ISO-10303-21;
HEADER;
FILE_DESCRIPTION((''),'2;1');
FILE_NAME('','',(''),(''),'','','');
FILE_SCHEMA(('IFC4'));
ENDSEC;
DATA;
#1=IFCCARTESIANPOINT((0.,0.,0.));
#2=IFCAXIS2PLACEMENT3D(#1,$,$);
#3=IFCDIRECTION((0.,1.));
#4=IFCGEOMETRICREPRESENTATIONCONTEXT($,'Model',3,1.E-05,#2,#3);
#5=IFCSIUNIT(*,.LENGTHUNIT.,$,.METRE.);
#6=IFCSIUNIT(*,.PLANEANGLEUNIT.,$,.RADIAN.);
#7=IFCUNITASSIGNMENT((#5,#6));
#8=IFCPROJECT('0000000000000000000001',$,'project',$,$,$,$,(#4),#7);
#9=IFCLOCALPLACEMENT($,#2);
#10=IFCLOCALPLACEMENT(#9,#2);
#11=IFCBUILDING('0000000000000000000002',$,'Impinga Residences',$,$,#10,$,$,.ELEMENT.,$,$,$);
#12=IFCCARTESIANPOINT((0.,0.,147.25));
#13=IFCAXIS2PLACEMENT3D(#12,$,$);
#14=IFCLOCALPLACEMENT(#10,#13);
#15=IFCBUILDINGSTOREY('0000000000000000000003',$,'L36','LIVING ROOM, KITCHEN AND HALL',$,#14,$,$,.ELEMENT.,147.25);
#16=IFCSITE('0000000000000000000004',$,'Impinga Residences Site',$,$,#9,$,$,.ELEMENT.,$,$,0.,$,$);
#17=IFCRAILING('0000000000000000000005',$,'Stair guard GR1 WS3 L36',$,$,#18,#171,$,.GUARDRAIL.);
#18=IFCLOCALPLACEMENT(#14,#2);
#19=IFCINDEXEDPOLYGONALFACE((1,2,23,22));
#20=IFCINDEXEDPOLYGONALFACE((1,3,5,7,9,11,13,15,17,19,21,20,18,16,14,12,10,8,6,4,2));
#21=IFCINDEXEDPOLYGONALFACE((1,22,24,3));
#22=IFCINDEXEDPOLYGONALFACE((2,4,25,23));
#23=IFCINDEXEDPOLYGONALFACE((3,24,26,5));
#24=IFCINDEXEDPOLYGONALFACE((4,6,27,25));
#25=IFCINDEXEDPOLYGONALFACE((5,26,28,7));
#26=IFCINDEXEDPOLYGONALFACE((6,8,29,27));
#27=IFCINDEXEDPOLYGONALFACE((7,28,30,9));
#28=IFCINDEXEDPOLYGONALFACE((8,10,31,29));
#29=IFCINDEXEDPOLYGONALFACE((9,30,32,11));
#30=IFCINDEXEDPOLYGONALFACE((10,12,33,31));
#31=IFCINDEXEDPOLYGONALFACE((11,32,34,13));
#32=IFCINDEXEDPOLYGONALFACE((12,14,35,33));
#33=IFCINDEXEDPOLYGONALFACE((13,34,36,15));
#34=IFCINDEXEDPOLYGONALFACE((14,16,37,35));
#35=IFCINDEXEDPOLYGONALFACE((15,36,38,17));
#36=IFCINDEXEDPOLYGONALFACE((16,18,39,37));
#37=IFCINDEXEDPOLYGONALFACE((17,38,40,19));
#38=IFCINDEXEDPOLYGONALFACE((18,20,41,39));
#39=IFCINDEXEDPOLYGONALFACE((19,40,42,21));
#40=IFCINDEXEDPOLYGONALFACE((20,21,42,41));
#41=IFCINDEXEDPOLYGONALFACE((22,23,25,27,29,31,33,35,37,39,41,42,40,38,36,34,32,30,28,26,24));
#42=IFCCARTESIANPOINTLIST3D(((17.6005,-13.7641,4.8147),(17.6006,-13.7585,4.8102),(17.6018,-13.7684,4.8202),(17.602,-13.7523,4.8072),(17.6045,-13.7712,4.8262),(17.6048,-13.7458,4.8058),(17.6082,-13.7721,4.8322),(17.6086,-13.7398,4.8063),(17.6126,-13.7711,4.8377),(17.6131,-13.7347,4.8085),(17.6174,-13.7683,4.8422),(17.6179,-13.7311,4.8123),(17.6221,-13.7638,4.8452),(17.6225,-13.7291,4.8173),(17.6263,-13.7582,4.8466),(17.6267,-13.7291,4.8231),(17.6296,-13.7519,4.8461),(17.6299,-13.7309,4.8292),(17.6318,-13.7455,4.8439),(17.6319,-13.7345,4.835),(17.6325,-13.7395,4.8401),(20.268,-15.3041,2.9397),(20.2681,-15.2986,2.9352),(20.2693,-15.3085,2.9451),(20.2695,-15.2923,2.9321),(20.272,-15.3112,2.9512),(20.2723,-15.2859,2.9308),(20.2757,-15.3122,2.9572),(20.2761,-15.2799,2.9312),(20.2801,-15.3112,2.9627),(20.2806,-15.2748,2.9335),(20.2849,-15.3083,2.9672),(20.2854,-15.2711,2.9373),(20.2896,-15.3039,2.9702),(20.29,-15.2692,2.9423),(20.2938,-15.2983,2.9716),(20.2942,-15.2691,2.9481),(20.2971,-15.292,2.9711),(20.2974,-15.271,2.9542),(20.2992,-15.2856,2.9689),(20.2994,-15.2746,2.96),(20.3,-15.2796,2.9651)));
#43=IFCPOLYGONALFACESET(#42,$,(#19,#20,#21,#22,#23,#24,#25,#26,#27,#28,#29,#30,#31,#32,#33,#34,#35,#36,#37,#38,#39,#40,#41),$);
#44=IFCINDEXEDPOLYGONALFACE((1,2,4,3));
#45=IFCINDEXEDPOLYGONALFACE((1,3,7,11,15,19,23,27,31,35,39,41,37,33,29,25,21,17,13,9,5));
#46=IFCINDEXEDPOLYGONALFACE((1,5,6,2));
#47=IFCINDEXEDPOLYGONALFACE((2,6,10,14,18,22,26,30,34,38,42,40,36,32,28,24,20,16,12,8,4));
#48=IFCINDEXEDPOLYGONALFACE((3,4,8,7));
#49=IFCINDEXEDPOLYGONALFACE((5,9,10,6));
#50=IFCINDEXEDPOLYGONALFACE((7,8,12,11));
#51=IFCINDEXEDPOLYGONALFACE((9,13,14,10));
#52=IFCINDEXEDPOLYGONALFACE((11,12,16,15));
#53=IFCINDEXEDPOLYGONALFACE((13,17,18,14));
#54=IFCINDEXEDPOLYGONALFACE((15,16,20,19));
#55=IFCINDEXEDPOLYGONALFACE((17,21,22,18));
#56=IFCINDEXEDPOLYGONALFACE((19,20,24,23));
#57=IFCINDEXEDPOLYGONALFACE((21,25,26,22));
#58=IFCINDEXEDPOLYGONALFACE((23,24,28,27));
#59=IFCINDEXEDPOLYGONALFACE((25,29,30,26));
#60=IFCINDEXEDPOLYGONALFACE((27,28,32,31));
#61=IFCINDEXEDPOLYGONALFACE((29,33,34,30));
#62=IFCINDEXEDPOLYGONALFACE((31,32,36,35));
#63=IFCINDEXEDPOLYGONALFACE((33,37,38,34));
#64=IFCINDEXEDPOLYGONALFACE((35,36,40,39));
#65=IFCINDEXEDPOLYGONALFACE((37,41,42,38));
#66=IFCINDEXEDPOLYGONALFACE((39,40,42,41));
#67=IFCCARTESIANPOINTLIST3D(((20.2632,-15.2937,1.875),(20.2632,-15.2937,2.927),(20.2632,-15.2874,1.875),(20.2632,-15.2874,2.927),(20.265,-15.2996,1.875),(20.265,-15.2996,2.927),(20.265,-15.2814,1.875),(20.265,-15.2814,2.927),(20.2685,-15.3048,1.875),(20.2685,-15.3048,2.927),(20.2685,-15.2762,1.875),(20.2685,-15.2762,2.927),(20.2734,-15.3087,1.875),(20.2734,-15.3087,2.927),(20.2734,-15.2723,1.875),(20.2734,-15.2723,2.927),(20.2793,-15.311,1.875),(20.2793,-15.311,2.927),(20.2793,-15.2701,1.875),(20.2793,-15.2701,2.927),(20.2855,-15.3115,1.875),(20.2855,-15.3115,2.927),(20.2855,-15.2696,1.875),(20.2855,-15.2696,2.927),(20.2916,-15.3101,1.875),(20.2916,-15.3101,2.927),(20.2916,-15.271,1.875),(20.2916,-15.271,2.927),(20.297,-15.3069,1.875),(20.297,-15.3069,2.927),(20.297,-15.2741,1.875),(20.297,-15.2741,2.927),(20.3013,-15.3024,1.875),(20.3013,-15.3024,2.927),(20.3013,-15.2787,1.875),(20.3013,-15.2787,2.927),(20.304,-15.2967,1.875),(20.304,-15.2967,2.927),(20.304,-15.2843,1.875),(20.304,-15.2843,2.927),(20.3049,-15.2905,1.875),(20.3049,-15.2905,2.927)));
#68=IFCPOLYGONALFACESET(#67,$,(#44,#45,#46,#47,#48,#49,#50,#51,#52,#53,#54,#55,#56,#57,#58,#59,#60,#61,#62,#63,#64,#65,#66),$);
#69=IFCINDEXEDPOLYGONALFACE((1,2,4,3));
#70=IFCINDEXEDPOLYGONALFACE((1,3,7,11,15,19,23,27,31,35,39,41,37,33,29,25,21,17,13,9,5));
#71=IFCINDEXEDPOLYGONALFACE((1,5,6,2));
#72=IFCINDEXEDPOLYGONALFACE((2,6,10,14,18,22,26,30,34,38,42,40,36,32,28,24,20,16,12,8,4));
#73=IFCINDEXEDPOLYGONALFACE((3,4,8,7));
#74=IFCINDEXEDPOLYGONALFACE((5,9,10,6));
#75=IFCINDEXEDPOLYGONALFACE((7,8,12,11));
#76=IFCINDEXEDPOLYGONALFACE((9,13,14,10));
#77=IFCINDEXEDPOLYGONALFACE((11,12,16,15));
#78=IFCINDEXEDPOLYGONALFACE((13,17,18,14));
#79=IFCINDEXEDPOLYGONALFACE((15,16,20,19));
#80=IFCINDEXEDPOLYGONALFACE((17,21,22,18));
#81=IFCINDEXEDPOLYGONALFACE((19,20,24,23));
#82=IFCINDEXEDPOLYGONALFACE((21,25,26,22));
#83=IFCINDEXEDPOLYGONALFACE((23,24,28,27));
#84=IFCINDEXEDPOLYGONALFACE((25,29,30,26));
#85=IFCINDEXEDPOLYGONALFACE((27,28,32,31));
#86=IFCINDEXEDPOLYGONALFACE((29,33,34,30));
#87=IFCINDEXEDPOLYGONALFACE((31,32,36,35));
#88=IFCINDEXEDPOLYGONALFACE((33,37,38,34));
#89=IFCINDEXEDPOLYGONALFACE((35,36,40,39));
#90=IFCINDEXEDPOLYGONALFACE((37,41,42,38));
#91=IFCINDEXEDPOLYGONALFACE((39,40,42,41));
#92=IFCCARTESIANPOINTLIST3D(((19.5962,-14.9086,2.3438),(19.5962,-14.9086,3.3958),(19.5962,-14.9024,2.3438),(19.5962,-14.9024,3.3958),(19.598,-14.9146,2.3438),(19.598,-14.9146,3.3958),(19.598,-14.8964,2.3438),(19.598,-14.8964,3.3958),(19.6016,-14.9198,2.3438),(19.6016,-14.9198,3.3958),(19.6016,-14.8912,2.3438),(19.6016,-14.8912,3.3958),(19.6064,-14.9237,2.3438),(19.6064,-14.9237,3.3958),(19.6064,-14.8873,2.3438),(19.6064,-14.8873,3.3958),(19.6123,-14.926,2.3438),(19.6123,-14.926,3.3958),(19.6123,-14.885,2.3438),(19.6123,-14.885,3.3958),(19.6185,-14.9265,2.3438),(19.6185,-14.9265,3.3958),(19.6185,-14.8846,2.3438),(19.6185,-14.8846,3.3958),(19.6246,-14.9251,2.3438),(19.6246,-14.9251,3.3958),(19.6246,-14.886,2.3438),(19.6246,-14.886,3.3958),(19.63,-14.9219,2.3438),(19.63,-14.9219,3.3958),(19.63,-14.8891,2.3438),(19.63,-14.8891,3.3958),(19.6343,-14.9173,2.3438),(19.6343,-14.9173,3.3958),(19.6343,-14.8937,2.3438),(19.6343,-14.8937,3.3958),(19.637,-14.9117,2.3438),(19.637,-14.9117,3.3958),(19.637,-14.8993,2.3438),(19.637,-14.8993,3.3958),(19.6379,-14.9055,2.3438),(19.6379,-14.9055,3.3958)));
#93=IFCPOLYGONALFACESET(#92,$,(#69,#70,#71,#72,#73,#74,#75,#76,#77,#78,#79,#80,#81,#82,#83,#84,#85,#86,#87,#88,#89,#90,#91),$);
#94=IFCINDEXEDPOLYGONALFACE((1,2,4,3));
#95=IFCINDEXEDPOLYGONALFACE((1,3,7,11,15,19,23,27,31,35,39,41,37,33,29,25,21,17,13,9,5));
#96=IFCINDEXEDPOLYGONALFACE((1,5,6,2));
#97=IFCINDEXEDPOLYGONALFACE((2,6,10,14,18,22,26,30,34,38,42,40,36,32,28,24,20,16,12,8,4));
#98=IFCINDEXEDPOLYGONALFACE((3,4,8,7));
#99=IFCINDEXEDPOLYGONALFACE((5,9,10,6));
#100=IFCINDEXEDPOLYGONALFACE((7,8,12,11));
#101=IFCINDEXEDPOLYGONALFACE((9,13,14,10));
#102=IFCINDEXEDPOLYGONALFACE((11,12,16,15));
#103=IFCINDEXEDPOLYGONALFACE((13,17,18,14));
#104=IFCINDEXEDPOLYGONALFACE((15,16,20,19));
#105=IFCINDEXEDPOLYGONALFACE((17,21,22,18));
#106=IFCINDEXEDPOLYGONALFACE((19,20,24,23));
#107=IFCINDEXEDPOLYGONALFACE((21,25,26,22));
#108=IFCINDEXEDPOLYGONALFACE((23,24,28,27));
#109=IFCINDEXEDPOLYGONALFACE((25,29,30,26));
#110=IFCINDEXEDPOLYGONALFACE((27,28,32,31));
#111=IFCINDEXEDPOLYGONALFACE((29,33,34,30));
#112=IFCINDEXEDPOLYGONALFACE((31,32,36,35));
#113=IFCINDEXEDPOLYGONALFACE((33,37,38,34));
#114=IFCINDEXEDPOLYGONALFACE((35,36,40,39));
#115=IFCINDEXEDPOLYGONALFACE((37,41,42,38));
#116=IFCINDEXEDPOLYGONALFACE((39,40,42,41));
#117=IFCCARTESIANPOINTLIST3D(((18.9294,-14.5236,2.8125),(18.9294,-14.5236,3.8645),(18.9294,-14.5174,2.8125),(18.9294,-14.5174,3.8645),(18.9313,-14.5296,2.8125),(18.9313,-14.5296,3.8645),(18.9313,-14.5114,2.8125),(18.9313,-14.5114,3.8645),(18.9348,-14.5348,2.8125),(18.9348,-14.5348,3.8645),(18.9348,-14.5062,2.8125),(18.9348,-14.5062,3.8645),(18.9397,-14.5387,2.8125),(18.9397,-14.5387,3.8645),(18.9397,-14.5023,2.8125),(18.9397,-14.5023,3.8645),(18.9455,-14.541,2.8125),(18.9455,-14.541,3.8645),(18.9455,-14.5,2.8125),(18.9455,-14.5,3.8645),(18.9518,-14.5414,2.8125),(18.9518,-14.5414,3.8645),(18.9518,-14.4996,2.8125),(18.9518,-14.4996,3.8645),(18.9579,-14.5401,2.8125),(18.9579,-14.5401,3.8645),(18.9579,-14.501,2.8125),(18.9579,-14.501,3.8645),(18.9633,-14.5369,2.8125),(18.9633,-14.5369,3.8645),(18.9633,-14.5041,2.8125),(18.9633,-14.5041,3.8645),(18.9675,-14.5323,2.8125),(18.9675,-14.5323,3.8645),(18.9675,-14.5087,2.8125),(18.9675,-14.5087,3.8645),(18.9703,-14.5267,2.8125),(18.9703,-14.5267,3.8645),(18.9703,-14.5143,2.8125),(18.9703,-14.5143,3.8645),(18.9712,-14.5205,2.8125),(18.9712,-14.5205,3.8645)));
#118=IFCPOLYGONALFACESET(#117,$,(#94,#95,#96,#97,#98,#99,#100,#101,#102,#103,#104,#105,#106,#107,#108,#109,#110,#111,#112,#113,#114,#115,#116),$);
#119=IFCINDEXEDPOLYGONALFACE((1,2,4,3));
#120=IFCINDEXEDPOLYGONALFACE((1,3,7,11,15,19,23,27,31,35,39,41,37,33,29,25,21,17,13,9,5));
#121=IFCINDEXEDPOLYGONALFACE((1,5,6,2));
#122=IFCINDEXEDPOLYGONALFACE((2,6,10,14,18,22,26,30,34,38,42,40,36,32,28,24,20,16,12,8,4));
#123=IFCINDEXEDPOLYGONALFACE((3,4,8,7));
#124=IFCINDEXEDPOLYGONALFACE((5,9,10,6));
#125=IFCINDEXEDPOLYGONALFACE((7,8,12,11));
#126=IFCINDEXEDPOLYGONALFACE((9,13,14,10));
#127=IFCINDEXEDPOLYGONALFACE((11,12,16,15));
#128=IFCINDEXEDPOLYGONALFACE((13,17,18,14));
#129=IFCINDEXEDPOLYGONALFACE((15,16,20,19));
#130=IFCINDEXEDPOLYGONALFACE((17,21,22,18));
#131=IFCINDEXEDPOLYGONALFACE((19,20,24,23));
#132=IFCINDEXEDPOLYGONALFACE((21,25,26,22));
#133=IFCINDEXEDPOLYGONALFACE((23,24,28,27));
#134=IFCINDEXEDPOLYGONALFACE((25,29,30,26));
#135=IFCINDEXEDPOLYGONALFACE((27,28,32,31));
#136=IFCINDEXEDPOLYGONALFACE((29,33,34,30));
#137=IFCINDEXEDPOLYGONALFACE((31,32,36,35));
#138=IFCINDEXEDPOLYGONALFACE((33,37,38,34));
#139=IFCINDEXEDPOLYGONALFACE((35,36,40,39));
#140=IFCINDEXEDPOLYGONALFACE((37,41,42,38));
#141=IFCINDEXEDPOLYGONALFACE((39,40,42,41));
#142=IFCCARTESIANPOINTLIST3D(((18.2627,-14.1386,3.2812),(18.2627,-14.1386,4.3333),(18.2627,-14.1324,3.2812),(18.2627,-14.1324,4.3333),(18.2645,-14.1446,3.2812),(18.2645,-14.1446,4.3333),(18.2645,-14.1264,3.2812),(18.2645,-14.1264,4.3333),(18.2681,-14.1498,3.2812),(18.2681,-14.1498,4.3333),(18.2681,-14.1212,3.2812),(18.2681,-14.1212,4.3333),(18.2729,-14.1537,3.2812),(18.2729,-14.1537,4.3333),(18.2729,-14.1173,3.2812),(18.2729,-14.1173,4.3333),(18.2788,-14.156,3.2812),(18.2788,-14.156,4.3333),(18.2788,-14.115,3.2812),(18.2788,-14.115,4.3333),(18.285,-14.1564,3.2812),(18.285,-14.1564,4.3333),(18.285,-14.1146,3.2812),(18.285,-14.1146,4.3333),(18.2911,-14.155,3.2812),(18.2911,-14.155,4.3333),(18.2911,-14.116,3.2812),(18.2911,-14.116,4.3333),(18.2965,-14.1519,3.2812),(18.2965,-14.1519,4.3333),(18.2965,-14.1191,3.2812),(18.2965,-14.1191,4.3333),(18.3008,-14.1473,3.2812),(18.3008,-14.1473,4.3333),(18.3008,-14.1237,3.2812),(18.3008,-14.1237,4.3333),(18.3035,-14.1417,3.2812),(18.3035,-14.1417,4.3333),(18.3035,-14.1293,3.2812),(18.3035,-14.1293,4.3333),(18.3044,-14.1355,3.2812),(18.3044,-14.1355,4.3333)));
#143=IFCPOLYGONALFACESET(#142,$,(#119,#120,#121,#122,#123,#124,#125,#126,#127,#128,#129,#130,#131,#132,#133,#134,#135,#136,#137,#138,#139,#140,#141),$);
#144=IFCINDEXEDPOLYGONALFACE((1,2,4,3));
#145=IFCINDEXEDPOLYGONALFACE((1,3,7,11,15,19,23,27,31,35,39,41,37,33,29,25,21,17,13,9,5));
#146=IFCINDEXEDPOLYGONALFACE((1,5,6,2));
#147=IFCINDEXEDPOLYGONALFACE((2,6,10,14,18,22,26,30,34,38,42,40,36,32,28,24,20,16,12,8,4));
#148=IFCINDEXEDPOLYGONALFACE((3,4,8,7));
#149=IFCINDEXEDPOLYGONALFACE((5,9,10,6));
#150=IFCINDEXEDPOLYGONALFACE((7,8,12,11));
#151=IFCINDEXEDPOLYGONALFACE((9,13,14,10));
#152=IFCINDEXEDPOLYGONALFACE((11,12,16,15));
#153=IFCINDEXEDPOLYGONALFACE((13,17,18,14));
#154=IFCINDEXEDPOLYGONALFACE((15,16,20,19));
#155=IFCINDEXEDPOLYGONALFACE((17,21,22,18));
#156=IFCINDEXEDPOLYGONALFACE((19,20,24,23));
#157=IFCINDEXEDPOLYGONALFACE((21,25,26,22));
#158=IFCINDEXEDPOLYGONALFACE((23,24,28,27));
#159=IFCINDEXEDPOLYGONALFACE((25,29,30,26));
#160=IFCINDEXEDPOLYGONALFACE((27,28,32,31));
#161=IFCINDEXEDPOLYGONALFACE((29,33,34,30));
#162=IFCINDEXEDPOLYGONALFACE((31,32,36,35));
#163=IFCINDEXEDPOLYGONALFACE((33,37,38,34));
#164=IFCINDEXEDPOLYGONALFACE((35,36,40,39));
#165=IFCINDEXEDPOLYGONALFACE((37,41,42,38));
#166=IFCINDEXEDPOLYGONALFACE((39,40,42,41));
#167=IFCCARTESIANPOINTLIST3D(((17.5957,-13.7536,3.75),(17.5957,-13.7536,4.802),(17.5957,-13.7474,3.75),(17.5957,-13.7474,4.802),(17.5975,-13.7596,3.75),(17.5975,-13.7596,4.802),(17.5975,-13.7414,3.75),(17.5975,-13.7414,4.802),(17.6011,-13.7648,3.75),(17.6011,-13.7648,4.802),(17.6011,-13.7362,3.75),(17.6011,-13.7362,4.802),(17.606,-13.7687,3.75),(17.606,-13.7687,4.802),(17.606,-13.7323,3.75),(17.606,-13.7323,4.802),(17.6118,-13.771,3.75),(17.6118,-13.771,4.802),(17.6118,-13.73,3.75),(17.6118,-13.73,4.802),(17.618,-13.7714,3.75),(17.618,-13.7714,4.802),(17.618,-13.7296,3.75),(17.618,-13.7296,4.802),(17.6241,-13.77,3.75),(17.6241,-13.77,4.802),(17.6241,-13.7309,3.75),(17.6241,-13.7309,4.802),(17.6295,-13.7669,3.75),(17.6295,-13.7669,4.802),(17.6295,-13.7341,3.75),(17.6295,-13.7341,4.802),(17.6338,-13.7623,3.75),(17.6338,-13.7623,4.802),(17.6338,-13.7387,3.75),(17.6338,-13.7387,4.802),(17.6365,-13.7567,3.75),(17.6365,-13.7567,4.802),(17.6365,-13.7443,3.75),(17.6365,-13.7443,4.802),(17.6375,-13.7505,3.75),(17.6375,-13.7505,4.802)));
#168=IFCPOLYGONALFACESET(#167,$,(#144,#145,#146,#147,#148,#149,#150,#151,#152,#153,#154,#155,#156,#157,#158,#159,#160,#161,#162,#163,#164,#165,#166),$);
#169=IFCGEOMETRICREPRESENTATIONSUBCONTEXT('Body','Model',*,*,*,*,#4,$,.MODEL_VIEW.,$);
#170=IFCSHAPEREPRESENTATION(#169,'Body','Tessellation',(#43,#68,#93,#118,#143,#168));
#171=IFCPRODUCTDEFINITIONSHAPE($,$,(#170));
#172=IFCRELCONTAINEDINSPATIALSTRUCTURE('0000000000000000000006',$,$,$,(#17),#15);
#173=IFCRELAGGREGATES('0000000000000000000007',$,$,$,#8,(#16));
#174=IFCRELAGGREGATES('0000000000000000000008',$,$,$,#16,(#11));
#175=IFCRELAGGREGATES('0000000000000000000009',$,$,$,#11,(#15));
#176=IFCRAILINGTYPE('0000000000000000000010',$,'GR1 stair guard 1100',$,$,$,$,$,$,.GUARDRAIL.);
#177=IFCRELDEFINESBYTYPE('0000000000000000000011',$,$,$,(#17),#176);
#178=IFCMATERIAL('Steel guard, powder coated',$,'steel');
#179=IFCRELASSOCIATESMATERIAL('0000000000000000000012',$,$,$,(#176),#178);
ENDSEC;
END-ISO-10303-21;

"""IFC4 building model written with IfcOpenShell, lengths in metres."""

from ifc_helpers import new_model, si_unit, direction, frame, origin, origin_2d, place, context, subcontext, project, spatial, circle, extrude, material, type_object, element, save


model = new_model("IFC4")

# Units and contexts
model_context = context("Model", 3, precision=1e-05, world=origin(), true_north=direction((0.0, 1.0)))
body_context = subcontext(model_context, "Body", "Model", "MODEL_VIEW")
ifc_project = project(units=[si_unit("LENGTHUNIT", "METRE"), si_unit("PLANEANGLEUNIT", "RADIAN")], contexts=[model_context])

# Site, building, storey
site_placement = place(None, origin())
site = spatial("IfcSite", under=ifc_project, at=site_placement, Name="Impinga Residences Site", CompositionType="ELEMENT", RefElevation=0.0)
building_placement = place(site_placement, origin())
building = spatial("IfcBuilding", under=site, at=building_placement, Name="Impinga Residences", CompositionType="ELEMENT")
storey_placement = place(building_placement, frame((0.0, 0.0, 147.25)))
storey = spatial("IfcBuildingStorey", under=building, at=storey_placement, Name="L36", Description="LIVING ROOM, KITCHEN AND HALL", CompositionType="ELEMENT", Elevation=147.25)

# Railing
ifc_material_1 = material(Name="Steel guard, powder coated", Category="steel")
railing_type = type_object("IfcRailingType", Name="GR1 stair guard 1100", PredefinedType="GUARDRAIL", material=ifc_material_1)
railing_placement = place(storey_placement, frame((20.2839, -15.2905, 1.875)))
element("IfcRailing", 1, at=railing_placement, inside=storey, type_object=railing_type, Name="Stair guard GR1 WS3 L36", PredefinedType="GUARDRAIL", context=body_context, shape_type="SweptSolid", body=[
    extrude(circle(Radius=0.0239, at=origin_2d()), frame((0.0, 0.0, 1.0762), z_axis=(-0.739746, 0.427084, 0.519975), x_axis=(-0.499992, -0.86603, 0.0)), (0.0, 0.0, 1.0), 3.606),
    extrude(circle(Radius=0.021, at=origin_2d()), origin(), (0.0, 0.0, 1.0), 1.052),
    extrude(circle(Radius=0.021, at=origin_2d()), frame((-0.667, 0.385, 0.4688)), (0.0, 0.0, 1.0), 1.052),
    extrude(circle(Radius=0.021, at=origin_2d()), frame((-1.3337, 0.77, 0.9375)), (0.0, 0.0, 1.0), 1.052),
    extrude(circle(Radius=0.021, at=origin_2d()), frame((-2.0005, 1.155, 1.4062)), (0.0, 0.0, 1.0), 1.052),
    extrude(circle(Radius=0.021, at=origin_2d()), frame((-2.6675, 1.54, 1.875)), (0.0, 0.0, 1.0), 1.052),
])

save(model, "model.ifc")
